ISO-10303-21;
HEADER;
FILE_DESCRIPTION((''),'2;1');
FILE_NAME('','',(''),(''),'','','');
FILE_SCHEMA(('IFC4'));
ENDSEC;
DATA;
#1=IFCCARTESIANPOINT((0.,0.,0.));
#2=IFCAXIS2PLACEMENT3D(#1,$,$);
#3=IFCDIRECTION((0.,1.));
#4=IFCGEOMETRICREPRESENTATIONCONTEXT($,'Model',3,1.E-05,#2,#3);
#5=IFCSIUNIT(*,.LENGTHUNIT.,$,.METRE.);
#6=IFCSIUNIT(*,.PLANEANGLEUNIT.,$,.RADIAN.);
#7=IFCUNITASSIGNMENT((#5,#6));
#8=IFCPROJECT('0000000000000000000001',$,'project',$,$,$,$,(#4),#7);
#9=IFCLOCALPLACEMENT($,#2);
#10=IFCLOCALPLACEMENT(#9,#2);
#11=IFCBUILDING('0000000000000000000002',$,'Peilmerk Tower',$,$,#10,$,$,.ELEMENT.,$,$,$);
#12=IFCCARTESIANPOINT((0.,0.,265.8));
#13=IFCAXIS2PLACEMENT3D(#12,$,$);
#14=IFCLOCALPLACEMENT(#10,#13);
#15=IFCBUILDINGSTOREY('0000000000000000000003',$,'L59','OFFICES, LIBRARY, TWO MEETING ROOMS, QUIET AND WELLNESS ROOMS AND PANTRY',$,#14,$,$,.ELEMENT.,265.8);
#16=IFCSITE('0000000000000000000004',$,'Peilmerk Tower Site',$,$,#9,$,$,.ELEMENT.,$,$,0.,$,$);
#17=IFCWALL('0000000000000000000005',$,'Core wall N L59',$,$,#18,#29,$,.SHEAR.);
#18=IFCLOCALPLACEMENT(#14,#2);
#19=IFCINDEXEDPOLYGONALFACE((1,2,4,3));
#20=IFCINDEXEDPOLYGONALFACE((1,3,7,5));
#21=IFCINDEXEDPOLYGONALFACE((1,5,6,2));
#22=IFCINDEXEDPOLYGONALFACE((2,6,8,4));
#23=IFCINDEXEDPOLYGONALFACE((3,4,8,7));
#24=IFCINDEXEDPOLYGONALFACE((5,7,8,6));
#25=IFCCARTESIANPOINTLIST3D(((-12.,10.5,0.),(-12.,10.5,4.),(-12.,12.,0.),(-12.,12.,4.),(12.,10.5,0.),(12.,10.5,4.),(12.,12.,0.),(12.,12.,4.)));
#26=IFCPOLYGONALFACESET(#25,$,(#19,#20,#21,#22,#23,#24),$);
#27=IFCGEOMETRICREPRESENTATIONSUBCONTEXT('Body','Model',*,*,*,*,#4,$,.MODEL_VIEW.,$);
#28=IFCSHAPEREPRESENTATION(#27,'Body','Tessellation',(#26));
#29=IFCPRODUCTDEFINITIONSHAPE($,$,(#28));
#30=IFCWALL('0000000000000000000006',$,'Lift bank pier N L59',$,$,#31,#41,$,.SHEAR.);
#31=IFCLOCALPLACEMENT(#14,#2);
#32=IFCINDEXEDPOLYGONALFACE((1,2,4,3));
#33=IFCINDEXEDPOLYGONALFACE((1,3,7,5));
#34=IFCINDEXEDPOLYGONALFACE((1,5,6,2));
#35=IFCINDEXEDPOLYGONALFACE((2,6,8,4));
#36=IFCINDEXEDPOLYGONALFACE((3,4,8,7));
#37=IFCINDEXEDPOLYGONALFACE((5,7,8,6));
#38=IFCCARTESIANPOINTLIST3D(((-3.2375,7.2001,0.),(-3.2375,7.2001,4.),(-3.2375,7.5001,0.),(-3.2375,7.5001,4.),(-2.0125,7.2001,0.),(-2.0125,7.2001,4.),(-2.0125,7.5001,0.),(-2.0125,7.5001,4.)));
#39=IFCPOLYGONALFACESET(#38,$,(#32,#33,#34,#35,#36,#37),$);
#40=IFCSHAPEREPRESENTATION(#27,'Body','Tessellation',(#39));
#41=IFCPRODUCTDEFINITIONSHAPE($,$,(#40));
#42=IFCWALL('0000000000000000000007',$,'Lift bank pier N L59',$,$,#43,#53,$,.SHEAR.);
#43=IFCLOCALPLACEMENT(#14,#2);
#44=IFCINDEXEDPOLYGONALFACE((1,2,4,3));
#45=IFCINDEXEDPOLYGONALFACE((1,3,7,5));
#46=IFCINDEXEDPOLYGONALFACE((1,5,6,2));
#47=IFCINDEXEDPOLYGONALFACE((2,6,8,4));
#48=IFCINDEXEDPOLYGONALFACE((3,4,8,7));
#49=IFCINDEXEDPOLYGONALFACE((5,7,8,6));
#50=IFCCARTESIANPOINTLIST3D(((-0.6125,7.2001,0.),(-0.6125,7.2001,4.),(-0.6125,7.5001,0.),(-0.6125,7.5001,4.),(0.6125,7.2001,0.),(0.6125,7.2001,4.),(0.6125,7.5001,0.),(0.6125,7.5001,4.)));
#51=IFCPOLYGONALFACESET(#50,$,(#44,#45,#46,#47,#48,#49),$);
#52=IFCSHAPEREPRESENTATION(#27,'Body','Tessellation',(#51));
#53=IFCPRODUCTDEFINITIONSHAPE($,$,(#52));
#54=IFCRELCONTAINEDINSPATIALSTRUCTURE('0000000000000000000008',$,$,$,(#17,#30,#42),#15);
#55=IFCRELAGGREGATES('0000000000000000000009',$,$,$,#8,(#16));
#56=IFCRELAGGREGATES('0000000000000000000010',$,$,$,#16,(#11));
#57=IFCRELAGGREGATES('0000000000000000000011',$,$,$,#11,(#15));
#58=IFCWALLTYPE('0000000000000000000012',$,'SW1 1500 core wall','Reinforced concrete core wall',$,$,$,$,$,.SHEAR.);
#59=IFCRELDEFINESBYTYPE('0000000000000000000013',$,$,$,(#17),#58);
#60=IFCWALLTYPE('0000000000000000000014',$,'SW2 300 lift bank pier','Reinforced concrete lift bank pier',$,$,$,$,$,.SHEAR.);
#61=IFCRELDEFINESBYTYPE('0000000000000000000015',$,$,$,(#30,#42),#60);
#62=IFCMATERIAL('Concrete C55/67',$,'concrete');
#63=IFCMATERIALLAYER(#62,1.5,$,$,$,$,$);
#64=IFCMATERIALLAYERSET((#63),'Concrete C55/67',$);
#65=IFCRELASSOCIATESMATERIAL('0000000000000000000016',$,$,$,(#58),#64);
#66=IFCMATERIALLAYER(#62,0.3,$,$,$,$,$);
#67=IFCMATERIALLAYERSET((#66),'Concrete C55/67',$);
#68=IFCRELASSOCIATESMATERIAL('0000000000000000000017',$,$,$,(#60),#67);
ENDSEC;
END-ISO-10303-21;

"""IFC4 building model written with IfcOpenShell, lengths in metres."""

from ifc_helpers import new_model, si_unit, direction, frame, frame_2d, origin, place, context, subcontext, project, spatial, rectangle, extrude, material, layer, layer_set, type_object, element, save


model = new_model("IFC4")

# Units and contexts
model_context = context("Model", 3, precision=1e-05, world=origin(), true_north=direction((0.0, 1.0)))
body_context = subcontext(model_context, "Body", "Model", "MODEL_VIEW")
ifc_project = project(units=[si_unit("LENGTHUNIT", "METRE"), si_unit("PLANEANGLEUNIT", "RADIAN")], contexts=[model_context])

# Site, building, storey
site_placement = place(None, origin())
site = spatial("IfcSite", under=ifc_project, at=site_placement, Name="Peilmerk Tower Site", CompositionType="ELEMENT", RefElevation=0.0)
building_placement = place(site_placement, origin())
building = spatial("IfcBuilding", under=site, at=building_placement, Name="Peilmerk Tower", CompositionType="ELEMENT")
storey_placement = place(building_placement, frame((0.0, 0.0, 265.8)))
storey = spatial("IfcBuildingStorey", under=building, at=storey_placement, Name="L59", Description="OFFICES, LIBRARY, TWO MEETING ROOMS, QUIET AND WELLNESS ROOMS AND PANTRY", CompositionType="ELEMENT", Elevation=265.8)

# Walls
ifc_material_1 = material(Name="Concrete C55/67", Category="concrete")
ifc_layer_1 = layer(ifc_material_1, 1.5)
ifc_layer_set_1 = layer_set([ifc_layer_1], Name="Concrete C55/67")
wall_type_1 = type_object("IfcWallType", Name="SW1 1500 core wall", Description="Reinforced concrete core wall", PredefinedType="SHEAR", material=ifc_layer_set_1)
wall_1_placement = place(storey_placement, frame((-12.0, 11.25, 0.0), z_axis=(0.0, 0.0, 1.0), x_axis=(1.0, 0.0, 0.0)))
element("IfcWall", 1, at=wall_1_placement, inside=storey, type_object=wall_type_1, Name="Core wall N L59", PredefinedType="SHEAR", context=body_context, shape_type="SweptSolid", body=[
    extrude(rectangle(XDim=24.0, YDim=1.5, at=frame_2d((12.0, 0.0))), origin(), (0.0, 0.0, 1.0), 4.0),
])
ifc_layer_2 = layer(ifc_material_1, 0.3)
ifc_layer_set_2 = layer_set([ifc_layer_2], Name="Concrete C55/67")
wall_type_2 = type_object("IfcWallType", Name="SW2 300 lift bank pier", Description="Reinforced concrete lift bank pier", PredefinedType="SHEAR", material=ifc_layer_set_2)
for number, where, z_axis, x_axis, name in (
    (2, (-3.2375, 7.3501, 0.0), (0.0, 0.0, 1.0), (1.0, 0.0, 0.0), "Lift bank pier N L59"),
    (3, (-0.6125, 7.3501, 0.0), (0.0, 0.0, 1.0), (1.0, 0.0, 0.0), "Lift bank pier N L59"),
):
    element("IfcWall", number, at=place(storey_placement, frame(where, z_axis=z_axis, x_axis=x_axis)), inside=storey, type_object=wall_type_2, Name=name, PredefinedType="SHEAR", context=body_context, shape_type="SweptSolid", body=[
        extrude(rectangle(XDim=1.2251, YDim=0.3, at=frame_2d((0.6125, 0.0))), origin(), (0.0, 0.0, 1.0), 4.0),
    ])

save(model, "model.ifc")
